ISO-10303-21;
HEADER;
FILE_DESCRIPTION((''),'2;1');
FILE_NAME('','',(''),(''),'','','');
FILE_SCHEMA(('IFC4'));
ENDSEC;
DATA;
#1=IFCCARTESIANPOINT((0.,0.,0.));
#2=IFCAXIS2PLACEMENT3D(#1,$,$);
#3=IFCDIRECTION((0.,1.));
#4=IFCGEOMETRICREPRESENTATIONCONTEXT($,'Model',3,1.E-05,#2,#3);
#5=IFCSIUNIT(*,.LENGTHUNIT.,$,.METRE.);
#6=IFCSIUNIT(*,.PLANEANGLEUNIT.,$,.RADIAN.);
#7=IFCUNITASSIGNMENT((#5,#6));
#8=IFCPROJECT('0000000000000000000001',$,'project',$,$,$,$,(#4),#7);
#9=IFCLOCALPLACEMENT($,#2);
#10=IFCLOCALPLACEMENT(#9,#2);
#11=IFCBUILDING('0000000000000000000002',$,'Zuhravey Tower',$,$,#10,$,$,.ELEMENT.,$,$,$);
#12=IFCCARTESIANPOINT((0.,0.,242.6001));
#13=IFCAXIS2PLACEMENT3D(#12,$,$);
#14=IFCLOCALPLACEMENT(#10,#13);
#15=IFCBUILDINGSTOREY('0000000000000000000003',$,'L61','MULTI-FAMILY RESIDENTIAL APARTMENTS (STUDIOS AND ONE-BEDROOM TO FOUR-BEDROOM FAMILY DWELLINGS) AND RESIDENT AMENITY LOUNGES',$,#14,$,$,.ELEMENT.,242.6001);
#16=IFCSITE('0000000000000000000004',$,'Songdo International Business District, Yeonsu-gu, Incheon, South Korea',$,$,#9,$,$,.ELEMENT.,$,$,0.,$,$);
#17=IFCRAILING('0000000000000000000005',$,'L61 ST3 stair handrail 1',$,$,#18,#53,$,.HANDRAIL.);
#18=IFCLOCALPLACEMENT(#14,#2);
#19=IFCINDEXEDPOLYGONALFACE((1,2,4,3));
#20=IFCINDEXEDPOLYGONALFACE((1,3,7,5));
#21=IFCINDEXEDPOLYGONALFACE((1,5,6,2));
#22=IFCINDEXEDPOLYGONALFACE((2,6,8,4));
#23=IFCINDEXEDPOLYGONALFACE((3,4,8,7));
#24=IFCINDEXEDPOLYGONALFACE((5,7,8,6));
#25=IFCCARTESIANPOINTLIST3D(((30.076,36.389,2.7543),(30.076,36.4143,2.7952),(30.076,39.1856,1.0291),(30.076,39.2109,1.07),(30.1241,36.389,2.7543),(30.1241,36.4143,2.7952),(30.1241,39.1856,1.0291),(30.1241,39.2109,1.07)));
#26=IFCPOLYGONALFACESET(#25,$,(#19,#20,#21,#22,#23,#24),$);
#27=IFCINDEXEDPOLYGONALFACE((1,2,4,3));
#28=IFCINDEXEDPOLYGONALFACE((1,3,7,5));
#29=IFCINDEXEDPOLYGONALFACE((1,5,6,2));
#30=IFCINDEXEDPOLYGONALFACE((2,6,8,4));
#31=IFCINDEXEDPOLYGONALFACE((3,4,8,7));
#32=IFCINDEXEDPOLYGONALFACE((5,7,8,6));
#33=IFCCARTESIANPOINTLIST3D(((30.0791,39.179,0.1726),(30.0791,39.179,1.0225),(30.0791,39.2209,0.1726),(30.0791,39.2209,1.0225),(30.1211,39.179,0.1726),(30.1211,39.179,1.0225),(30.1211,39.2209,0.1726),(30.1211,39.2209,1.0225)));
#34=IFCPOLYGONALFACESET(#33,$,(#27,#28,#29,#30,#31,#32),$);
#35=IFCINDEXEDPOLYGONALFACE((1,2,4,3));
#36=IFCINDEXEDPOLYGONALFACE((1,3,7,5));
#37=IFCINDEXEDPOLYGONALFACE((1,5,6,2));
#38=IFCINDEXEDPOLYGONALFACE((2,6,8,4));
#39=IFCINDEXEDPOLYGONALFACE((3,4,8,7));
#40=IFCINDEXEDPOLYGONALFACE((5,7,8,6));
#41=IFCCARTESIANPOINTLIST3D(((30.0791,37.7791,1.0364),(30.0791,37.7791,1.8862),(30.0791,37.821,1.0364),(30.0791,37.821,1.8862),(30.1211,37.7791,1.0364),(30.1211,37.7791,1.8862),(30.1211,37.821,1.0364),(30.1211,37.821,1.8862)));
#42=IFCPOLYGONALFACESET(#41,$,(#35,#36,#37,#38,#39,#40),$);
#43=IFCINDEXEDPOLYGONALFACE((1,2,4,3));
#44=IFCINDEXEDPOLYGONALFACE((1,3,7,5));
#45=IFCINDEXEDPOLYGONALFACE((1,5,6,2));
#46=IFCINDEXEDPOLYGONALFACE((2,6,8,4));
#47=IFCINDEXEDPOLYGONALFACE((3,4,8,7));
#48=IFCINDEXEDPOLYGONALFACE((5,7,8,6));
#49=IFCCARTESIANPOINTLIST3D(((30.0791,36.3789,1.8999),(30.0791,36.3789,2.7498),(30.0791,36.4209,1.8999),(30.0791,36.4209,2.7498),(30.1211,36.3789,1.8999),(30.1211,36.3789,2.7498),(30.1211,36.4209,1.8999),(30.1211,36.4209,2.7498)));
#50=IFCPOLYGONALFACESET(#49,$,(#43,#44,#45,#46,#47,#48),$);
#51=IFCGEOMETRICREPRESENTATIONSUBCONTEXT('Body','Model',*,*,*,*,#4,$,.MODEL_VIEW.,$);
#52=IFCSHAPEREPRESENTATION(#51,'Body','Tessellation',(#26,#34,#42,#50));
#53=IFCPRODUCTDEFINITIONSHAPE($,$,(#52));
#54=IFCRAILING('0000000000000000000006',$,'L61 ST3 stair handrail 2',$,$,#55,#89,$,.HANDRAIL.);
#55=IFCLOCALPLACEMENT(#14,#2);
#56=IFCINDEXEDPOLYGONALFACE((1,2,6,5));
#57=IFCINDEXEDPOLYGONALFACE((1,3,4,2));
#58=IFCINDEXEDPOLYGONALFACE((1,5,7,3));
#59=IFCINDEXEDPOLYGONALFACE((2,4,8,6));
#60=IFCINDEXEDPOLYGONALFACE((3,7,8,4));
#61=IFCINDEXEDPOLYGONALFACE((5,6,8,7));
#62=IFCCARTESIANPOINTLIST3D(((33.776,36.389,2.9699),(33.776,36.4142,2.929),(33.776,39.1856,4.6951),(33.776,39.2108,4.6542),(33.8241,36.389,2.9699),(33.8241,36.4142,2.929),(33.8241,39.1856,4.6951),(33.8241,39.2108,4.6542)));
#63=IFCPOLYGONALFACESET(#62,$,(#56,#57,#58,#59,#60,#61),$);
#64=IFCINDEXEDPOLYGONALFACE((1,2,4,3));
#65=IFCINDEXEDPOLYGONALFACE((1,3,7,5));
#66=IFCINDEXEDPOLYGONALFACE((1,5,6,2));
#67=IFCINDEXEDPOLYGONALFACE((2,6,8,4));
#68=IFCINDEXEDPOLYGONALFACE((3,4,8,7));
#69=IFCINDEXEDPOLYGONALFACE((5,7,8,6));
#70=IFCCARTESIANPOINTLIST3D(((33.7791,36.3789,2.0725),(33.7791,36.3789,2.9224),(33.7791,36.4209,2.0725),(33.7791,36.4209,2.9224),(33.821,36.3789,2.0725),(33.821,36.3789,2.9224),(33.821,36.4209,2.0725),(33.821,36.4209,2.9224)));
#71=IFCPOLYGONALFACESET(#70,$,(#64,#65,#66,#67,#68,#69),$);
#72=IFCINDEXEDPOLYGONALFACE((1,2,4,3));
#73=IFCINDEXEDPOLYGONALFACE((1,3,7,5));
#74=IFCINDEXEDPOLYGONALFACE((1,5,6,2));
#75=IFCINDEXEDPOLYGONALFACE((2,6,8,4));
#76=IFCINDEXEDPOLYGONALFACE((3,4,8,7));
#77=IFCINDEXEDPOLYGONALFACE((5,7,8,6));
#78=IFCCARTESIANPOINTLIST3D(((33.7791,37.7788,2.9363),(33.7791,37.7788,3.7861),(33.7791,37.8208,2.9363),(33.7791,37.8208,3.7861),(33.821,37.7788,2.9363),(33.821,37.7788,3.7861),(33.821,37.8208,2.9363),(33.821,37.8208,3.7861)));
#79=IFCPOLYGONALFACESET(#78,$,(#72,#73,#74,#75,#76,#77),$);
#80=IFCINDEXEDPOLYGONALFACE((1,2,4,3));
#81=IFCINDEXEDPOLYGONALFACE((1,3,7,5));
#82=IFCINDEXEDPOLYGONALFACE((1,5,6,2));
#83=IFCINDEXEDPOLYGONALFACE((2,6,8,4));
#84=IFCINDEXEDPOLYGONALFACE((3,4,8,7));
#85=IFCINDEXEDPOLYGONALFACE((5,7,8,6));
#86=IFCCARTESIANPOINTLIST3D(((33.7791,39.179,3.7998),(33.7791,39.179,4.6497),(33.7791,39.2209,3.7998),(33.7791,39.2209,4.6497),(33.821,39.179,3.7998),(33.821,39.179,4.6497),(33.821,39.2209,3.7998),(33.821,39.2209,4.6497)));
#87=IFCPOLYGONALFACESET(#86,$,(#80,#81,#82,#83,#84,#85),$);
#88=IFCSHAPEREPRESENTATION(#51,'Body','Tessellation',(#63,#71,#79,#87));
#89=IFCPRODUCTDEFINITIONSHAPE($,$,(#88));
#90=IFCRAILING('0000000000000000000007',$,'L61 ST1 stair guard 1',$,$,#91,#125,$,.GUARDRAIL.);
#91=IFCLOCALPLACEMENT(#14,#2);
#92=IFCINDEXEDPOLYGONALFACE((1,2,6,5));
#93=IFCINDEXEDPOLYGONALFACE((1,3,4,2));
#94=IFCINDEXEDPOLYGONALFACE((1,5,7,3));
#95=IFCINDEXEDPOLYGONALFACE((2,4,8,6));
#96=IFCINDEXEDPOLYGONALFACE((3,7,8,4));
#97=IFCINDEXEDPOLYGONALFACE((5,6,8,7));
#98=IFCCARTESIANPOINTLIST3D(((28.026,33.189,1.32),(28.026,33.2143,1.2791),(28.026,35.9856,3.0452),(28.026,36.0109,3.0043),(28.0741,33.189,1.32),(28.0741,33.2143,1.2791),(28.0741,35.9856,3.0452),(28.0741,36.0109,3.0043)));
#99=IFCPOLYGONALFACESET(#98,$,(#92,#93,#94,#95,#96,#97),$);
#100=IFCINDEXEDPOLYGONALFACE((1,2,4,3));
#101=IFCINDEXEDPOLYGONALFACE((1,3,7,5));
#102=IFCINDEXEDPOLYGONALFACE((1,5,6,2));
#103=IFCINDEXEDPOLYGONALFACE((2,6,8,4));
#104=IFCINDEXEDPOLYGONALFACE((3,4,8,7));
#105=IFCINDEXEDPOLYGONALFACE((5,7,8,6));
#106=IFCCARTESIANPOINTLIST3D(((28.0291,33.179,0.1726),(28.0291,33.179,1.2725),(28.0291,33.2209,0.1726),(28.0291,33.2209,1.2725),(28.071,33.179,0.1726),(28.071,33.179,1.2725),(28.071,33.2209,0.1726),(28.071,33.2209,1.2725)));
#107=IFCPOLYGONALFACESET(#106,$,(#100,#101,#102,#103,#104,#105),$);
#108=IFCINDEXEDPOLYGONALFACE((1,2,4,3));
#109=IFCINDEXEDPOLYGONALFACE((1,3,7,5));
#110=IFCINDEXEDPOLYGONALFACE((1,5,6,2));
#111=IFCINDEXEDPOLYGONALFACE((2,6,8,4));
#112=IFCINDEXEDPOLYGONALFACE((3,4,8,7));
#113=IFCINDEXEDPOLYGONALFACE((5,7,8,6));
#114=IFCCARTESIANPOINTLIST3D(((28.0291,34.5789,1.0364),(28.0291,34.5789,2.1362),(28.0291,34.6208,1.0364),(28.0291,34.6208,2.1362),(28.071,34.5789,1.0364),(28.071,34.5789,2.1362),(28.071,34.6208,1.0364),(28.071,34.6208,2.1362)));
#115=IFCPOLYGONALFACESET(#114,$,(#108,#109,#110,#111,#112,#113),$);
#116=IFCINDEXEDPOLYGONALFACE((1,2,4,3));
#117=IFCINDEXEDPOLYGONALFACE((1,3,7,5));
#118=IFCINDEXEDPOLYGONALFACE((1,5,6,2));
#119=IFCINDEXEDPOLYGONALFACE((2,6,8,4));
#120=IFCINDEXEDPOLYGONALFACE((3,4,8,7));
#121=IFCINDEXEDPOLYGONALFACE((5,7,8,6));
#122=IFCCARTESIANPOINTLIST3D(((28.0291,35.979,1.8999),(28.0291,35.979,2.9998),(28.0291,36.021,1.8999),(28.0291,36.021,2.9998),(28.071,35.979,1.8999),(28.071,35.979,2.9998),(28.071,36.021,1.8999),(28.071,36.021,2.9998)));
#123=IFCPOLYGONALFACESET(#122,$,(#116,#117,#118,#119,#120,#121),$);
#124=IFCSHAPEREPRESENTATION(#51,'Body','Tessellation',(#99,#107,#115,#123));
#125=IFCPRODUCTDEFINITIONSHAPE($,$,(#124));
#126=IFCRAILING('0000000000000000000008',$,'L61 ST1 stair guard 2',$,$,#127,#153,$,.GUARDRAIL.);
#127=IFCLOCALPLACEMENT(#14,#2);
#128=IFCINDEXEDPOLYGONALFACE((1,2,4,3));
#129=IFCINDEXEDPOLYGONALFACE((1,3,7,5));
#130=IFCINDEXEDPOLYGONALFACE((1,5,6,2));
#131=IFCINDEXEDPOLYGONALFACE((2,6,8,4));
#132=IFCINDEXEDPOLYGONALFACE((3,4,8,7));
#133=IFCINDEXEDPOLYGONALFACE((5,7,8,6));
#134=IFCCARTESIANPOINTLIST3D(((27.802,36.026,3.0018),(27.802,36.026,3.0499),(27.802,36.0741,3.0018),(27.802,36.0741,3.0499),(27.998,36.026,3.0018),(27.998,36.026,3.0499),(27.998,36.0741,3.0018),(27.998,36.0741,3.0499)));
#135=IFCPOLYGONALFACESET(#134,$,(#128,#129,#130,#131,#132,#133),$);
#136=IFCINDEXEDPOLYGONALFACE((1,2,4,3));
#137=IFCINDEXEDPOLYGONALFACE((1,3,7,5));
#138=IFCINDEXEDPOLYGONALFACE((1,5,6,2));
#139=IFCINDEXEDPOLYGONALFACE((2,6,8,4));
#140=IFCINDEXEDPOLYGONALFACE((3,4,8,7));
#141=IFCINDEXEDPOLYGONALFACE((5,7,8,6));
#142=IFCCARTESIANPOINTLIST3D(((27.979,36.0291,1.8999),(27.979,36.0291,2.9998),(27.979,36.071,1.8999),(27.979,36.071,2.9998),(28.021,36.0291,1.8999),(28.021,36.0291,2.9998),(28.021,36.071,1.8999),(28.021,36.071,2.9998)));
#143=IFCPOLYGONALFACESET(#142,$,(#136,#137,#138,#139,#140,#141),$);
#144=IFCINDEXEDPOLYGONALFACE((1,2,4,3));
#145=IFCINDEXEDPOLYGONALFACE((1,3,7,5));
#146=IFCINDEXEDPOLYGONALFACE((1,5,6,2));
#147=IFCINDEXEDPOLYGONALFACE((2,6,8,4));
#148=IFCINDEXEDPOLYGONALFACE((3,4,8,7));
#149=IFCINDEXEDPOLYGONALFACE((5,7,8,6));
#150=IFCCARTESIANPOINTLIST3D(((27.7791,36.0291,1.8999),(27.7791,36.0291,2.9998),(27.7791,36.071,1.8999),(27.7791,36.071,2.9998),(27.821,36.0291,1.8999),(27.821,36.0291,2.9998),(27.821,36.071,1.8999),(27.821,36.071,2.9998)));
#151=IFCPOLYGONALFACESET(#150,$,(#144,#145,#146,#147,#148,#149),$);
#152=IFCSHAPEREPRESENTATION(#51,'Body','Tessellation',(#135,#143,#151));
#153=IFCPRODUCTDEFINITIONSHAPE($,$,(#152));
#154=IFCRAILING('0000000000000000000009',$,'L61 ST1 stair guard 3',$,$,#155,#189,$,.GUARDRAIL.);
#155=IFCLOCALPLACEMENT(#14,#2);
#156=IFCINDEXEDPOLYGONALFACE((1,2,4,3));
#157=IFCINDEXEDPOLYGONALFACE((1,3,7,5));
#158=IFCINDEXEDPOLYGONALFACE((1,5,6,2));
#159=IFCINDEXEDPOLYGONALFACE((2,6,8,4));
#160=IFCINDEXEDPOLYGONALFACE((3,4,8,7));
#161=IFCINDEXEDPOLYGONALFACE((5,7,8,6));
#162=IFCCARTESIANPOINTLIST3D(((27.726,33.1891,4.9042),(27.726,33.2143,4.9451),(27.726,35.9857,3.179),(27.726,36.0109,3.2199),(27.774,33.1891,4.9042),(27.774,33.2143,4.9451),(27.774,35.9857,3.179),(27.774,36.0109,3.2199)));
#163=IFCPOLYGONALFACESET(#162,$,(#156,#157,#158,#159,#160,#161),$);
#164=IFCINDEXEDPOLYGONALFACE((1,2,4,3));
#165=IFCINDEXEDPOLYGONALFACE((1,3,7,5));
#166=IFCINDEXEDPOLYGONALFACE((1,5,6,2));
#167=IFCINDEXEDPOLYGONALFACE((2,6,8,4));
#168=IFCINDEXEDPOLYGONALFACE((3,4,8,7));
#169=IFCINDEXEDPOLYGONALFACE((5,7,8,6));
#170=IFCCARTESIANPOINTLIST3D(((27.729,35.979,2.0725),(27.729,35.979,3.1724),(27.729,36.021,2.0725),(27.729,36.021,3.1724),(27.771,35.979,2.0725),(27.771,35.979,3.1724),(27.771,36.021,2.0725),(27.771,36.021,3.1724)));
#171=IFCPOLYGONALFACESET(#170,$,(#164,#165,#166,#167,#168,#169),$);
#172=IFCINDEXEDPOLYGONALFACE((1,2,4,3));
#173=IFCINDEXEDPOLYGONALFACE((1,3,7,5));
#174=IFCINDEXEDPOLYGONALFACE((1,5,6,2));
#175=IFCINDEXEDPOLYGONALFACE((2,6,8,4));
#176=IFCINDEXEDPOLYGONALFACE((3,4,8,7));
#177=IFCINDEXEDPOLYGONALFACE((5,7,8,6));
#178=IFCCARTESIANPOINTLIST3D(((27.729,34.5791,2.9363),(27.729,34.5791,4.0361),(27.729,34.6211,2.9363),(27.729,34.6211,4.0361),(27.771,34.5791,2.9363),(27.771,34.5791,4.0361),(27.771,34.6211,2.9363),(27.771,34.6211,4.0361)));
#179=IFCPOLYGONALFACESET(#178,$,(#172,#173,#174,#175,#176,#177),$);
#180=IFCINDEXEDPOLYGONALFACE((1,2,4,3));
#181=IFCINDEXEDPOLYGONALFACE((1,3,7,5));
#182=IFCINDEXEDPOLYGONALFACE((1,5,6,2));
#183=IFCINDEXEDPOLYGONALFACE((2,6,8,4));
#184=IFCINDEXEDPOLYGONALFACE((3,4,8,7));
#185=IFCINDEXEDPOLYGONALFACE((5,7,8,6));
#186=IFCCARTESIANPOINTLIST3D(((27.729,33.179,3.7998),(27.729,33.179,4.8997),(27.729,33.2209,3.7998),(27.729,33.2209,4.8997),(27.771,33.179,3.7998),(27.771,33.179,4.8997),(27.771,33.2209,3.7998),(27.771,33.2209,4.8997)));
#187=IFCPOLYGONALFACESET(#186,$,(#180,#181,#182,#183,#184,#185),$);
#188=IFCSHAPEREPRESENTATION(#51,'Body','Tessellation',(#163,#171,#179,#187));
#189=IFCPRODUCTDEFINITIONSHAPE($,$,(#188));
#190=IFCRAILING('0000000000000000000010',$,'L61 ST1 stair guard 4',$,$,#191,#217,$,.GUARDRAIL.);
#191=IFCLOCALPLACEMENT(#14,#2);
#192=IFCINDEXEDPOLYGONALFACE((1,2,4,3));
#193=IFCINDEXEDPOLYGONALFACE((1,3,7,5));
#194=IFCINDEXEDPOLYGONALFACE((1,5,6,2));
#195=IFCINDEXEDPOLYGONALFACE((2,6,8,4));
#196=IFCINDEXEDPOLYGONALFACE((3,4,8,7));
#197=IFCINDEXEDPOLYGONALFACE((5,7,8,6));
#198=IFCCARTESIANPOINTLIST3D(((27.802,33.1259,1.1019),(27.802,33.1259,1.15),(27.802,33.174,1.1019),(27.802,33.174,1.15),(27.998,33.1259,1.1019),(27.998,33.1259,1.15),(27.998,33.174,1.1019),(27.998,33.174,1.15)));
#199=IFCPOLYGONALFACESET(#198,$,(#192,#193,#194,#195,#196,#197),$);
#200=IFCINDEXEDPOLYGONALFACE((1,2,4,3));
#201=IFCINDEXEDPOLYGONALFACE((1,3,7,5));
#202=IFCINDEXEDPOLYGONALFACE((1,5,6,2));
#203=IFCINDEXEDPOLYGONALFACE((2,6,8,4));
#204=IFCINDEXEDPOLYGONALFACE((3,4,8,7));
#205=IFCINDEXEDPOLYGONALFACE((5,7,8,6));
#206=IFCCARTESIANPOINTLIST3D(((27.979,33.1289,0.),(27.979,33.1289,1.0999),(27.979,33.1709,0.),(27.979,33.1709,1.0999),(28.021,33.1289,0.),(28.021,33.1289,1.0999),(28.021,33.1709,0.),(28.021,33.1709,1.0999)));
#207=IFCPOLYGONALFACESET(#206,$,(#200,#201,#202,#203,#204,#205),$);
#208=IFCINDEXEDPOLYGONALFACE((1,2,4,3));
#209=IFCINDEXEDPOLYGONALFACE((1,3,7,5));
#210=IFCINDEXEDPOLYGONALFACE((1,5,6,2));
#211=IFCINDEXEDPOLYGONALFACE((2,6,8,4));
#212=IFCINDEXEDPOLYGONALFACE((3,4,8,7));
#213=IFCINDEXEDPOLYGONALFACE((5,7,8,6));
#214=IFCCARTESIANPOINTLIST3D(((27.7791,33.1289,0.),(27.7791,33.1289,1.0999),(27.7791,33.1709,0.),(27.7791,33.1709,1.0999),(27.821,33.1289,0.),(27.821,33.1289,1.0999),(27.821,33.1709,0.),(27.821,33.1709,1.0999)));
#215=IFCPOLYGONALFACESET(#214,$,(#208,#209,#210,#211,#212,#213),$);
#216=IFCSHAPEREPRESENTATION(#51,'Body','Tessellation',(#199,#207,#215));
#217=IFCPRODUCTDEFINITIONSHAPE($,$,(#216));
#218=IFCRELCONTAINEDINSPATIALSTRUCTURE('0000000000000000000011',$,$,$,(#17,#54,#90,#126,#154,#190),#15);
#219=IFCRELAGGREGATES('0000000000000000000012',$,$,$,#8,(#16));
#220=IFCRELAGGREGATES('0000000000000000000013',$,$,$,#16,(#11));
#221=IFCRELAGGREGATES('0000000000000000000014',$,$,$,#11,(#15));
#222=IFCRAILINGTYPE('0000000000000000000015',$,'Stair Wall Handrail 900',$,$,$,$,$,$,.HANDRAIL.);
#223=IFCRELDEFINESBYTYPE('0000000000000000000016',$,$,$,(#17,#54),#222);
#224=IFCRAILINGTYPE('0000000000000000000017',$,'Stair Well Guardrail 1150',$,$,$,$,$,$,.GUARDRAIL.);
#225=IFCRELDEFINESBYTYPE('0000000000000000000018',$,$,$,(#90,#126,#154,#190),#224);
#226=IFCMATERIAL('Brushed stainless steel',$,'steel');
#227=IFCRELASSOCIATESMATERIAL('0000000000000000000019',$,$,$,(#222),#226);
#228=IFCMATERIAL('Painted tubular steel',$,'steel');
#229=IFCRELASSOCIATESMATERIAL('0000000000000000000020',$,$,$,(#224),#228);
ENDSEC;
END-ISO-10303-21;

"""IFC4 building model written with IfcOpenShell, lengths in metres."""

from ifc_helpers import new_model, si_unit, direction, frame, origin, origin_2d, place, context, subcontext, project, spatial, rectangle, extrude, material, type_object, element, save


model = new_model("IFC4")

# Units and contexts
model_context = context("Model", 3, precision=1e-05, world=origin(), true_north=direction((0.0, 1.0)))
body_context = subcontext(model_context, "Body", "Model", "MODEL_VIEW")
ifc_project = project(units=[si_unit("LENGTHUNIT", "METRE"), si_unit("PLANEANGLEUNIT", "RADIAN")], contexts=[model_context])

# Site, building, storey
site_placement = place(None, origin())
site = spatial("IfcSite", under=ifc_project, at=site_placement, Name="Songdo International Business District, Yeonsu-gu, Incheon, South Korea", CompositionType="ELEMENT", RefElevation=0.0)
building_placement = place(site_placement, origin())
building = spatial("IfcBuilding", under=site, at=building_placement, Name="Zuhravey Tower", CompositionType="ELEMENT")
storey_placement = place(building_placement, frame((0.0, 0.0, 242.6001)))
storey = spatial("IfcBuildingStorey", under=building, at=storey_placement, Name="L61", Description="MULTI-FAMILY RESIDENTIAL APARTMENTS (STUDIOS AND ONE-BEDROOM TO FOUR-BEDROOM FAMILY DWELLINGS) AND RESIDENT AMENITY LOUNGES", CompositionType="ELEMENT", Elevation=242.6001)

# Railings
ifc_material_1 = material(Name="Brushed stainless steel", Category="steel")
railing_type_1 = type_object("IfcRailingType", Name="Stair Wall Handrail 900", PredefinedType="HANDRAIL", material=ifc_material_1)
for number, where, name in (
    (1, (30.1001, 39.2, 0.1726), "L61 ST3 stair handrail 1"),
):
    element("IfcRailing", number, at=place(storey_placement, frame(where)), inside=storey, type_object=railing_type_1, Name=name, PredefinedType="HANDRAIL", context=body_context, shape_type="SweptSolid", body=[
        extrude(rectangle(XDim=0.0481, YDim=0.0481, at=origin_2d()), frame((0.0, -0.0017, 0.877), z_axis=(0.0, -0.85109, 0.52502), x_axis=(1.0, 0.0, 0.0)), (0.0, 0.0, 1.0), 3.2859),
        extrude(rectangle(XDim=0.042, YDim=0.042, at=origin_2d()), origin(), (0.0, 0.0, 1.0), 0.8499),
        extrude(rectangle(XDim=0.042, YDim=0.042, at=origin_2d()), frame((0.0, -1.3999, 0.8638)), (0.0, 0.0, 1.0), 0.8499),
        extrude(rectangle(XDim=0.042, YDim=0.042, at=origin_2d()), frame((0.0, -2.8, 1.7273)), (0.0, 0.0, 1.0), 0.8499),
    ])
railing_1_placement = place(storey_placement, frame((33.8, 36.3999, 2.0725)))
element("IfcRailing", 2, at=railing_1_placement, inside=storey, type_object=railing_type_1, Name="L61 ST3 stair handrail 2", PredefinedType="HANDRAIL", context=body_context, shape_type="SweptSolid", body=[
    extrude(rectangle(XDim=0.0481, YDim=0.0481, at=origin_2d()), frame((0.0, 0.0017, 0.877), z_axis=(0.0, 0.85109, 0.52502), x_axis=(-1.0, 0.0, 0.0)), (0.0, 0.0, 1.0), 3.2859),
    extrude(rectangle(XDim=0.042, YDim=0.042, at=origin_2d()), origin(), (0.0, 0.0, 1.0), 0.8499),
    extrude(rectangle(XDim=0.042, YDim=0.042, at=origin_2d()), frame((0.0, 1.3999, 0.8638)), (0.0, 0.0, 1.0), 0.8499),
    extrude(rectangle(XDim=0.042, YDim=0.042, at=origin_2d()), frame((0.0, 2.8, 1.7273)), (0.0, 0.0, 1.0), 0.8499),
])
ifc_material_2 = material(Name="Painted tubular steel", Category="steel")
railing_type_2 = type_object("IfcRailingType", Name="Stair Well Guardrail 1150", PredefinedType="GUARDRAIL", material=ifc_material_2)
railing_2_placement = place(storey_placement, frame((28.05, 33.2, 0.1726)))
element("IfcRailing", 3, at=railing_2_placement, inside=storey, type_object=railing_type_2, Name="L61 ST1 stair guard 1", PredefinedType="GUARDRAIL", context=body_context, shape_type="SweptSolid", body=[
    extrude(rectangle(XDim=0.0481, YDim=0.0481, at=origin_2d()), frame((0.0, 0.0017, 1.127), z_axis=(0.0, 0.85109, 0.52502), x_axis=(-1.0, 0.0, 0.0)), (0.0, 0.0, 1.0), 3.2859),
    extrude(rectangle(XDim=0.042, YDim=0.042, at=origin_2d()), origin(), (0.0, 0.0, 1.0), 1.0999),
    extrude(rectangle(XDim=0.042, YDim=0.042, at=origin_2d()), frame((0.0, 1.3999, 0.8638)), (0.0, 0.0, 1.0), 1.0999),
    extrude(rectangle(XDim=0.042, YDim=0.042, at=origin_2d()), frame((0.0, 2.8, 1.7273)), (0.0, 0.0, 1.0), 1.0999),
])
railing_3_placement = place(storey_placement, frame((28.0, 36.05, 1.8999)))
element("IfcRailing", 4, at=railing_3_placement, inside=storey, type_object=railing_type_2, Name="L61 ST1 stair guard 2", PredefinedType="GUARDRAIL", context=body_context, shape_type="SweptSolid", body=[
    extrude(rectangle(XDim=0.0481, YDim=0.0481, at=origin_2d()), frame((-0.002, 0.0, 1.126), z_axis=(-1.0, 0.0, 0.0), x_axis=(0.0, -1.0, 0.0)), (0.0, 0.0, 1.0), 0.196),
    extrude(rectangle(XDim=0.042, YDim=0.042, at=origin_2d()), origin(), (0.0, 0.0, 1.0), 1.0999),
    extrude(rectangle(XDim=0.042, YDim=0.042, at=origin_2d()), frame((-0.2, 0.0, 0.0)), (0.0, 0.0, 1.0), 1.0999),
])
railing_4_placement = place(storey_placement, frame((27.75, 36.0, 2.0725)))
element("IfcRailing", 5, at=railing_4_placement, inside=storey, type_object=railing_type_2, Name="L61 ST1 stair guard 3", PredefinedType="GUARDRAIL", context=body_context, shape_type="SweptSolid", body=[
    extrude(rectangle(XDim=0.0481, YDim=0.0481, at=origin_2d()), frame((0.0, -0.0017, 1.127), z_axis=(0.0, -0.85109, 0.52502), x_axis=(1.0, 0.0, 0.0)), (0.0, 0.0, 1.0), 3.2859),
    extrude(rectangle(XDim=0.042, YDim=0.042, at=origin_2d()), origin(), (0.0, 0.0, 1.0), 1.0999),
    extrude(rectangle(XDim=0.042, YDim=0.042, at=origin_2d()), frame((0.0, -1.3999, 0.8638)), (0.0, 0.0, 1.0), 1.0999),
    extrude(rectangle(XDim=0.042, YDim=0.042, at=origin_2d()), frame((0.0, -2.8, 1.7273)), (0.0, 0.0, 1.0), 1.0999),
])
railing_5_placement = place(storey_placement, frame((28.0, 33.1499, 0.0)))
element("IfcRailing", 6, at=railing_5_placement, inside=storey, type_object=railing_type_2, Name="L61 ST1 stair guard 4", PredefinedType="GUARDRAIL", context=body_context, shape_type="SweptSolid", body=[
    extrude(rectangle(XDim=0.0481, YDim=0.0481, at=origin_2d()), frame((-0.002, 0.0, 1.126), z_axis=(-1.0, 0.0, 0.0), x_axis=(0.0, -1.0, 0.0)), (0.0, 0.0, 1.0), 0.196),
    extrude(rectangle(XDim=0.042, YDim=0.042, at=origin_2d()), origin(), (0.0, 0.0, 1.0), 1.0999),
    extrude(rectangle(XDim=0.042, YDim=0.042, at=origin_2d()), frame((-0.2, 0.0, 0.0)), (0.0, 0.0, 1.0), 1.0999),
])

save(model, "model.ifc")
